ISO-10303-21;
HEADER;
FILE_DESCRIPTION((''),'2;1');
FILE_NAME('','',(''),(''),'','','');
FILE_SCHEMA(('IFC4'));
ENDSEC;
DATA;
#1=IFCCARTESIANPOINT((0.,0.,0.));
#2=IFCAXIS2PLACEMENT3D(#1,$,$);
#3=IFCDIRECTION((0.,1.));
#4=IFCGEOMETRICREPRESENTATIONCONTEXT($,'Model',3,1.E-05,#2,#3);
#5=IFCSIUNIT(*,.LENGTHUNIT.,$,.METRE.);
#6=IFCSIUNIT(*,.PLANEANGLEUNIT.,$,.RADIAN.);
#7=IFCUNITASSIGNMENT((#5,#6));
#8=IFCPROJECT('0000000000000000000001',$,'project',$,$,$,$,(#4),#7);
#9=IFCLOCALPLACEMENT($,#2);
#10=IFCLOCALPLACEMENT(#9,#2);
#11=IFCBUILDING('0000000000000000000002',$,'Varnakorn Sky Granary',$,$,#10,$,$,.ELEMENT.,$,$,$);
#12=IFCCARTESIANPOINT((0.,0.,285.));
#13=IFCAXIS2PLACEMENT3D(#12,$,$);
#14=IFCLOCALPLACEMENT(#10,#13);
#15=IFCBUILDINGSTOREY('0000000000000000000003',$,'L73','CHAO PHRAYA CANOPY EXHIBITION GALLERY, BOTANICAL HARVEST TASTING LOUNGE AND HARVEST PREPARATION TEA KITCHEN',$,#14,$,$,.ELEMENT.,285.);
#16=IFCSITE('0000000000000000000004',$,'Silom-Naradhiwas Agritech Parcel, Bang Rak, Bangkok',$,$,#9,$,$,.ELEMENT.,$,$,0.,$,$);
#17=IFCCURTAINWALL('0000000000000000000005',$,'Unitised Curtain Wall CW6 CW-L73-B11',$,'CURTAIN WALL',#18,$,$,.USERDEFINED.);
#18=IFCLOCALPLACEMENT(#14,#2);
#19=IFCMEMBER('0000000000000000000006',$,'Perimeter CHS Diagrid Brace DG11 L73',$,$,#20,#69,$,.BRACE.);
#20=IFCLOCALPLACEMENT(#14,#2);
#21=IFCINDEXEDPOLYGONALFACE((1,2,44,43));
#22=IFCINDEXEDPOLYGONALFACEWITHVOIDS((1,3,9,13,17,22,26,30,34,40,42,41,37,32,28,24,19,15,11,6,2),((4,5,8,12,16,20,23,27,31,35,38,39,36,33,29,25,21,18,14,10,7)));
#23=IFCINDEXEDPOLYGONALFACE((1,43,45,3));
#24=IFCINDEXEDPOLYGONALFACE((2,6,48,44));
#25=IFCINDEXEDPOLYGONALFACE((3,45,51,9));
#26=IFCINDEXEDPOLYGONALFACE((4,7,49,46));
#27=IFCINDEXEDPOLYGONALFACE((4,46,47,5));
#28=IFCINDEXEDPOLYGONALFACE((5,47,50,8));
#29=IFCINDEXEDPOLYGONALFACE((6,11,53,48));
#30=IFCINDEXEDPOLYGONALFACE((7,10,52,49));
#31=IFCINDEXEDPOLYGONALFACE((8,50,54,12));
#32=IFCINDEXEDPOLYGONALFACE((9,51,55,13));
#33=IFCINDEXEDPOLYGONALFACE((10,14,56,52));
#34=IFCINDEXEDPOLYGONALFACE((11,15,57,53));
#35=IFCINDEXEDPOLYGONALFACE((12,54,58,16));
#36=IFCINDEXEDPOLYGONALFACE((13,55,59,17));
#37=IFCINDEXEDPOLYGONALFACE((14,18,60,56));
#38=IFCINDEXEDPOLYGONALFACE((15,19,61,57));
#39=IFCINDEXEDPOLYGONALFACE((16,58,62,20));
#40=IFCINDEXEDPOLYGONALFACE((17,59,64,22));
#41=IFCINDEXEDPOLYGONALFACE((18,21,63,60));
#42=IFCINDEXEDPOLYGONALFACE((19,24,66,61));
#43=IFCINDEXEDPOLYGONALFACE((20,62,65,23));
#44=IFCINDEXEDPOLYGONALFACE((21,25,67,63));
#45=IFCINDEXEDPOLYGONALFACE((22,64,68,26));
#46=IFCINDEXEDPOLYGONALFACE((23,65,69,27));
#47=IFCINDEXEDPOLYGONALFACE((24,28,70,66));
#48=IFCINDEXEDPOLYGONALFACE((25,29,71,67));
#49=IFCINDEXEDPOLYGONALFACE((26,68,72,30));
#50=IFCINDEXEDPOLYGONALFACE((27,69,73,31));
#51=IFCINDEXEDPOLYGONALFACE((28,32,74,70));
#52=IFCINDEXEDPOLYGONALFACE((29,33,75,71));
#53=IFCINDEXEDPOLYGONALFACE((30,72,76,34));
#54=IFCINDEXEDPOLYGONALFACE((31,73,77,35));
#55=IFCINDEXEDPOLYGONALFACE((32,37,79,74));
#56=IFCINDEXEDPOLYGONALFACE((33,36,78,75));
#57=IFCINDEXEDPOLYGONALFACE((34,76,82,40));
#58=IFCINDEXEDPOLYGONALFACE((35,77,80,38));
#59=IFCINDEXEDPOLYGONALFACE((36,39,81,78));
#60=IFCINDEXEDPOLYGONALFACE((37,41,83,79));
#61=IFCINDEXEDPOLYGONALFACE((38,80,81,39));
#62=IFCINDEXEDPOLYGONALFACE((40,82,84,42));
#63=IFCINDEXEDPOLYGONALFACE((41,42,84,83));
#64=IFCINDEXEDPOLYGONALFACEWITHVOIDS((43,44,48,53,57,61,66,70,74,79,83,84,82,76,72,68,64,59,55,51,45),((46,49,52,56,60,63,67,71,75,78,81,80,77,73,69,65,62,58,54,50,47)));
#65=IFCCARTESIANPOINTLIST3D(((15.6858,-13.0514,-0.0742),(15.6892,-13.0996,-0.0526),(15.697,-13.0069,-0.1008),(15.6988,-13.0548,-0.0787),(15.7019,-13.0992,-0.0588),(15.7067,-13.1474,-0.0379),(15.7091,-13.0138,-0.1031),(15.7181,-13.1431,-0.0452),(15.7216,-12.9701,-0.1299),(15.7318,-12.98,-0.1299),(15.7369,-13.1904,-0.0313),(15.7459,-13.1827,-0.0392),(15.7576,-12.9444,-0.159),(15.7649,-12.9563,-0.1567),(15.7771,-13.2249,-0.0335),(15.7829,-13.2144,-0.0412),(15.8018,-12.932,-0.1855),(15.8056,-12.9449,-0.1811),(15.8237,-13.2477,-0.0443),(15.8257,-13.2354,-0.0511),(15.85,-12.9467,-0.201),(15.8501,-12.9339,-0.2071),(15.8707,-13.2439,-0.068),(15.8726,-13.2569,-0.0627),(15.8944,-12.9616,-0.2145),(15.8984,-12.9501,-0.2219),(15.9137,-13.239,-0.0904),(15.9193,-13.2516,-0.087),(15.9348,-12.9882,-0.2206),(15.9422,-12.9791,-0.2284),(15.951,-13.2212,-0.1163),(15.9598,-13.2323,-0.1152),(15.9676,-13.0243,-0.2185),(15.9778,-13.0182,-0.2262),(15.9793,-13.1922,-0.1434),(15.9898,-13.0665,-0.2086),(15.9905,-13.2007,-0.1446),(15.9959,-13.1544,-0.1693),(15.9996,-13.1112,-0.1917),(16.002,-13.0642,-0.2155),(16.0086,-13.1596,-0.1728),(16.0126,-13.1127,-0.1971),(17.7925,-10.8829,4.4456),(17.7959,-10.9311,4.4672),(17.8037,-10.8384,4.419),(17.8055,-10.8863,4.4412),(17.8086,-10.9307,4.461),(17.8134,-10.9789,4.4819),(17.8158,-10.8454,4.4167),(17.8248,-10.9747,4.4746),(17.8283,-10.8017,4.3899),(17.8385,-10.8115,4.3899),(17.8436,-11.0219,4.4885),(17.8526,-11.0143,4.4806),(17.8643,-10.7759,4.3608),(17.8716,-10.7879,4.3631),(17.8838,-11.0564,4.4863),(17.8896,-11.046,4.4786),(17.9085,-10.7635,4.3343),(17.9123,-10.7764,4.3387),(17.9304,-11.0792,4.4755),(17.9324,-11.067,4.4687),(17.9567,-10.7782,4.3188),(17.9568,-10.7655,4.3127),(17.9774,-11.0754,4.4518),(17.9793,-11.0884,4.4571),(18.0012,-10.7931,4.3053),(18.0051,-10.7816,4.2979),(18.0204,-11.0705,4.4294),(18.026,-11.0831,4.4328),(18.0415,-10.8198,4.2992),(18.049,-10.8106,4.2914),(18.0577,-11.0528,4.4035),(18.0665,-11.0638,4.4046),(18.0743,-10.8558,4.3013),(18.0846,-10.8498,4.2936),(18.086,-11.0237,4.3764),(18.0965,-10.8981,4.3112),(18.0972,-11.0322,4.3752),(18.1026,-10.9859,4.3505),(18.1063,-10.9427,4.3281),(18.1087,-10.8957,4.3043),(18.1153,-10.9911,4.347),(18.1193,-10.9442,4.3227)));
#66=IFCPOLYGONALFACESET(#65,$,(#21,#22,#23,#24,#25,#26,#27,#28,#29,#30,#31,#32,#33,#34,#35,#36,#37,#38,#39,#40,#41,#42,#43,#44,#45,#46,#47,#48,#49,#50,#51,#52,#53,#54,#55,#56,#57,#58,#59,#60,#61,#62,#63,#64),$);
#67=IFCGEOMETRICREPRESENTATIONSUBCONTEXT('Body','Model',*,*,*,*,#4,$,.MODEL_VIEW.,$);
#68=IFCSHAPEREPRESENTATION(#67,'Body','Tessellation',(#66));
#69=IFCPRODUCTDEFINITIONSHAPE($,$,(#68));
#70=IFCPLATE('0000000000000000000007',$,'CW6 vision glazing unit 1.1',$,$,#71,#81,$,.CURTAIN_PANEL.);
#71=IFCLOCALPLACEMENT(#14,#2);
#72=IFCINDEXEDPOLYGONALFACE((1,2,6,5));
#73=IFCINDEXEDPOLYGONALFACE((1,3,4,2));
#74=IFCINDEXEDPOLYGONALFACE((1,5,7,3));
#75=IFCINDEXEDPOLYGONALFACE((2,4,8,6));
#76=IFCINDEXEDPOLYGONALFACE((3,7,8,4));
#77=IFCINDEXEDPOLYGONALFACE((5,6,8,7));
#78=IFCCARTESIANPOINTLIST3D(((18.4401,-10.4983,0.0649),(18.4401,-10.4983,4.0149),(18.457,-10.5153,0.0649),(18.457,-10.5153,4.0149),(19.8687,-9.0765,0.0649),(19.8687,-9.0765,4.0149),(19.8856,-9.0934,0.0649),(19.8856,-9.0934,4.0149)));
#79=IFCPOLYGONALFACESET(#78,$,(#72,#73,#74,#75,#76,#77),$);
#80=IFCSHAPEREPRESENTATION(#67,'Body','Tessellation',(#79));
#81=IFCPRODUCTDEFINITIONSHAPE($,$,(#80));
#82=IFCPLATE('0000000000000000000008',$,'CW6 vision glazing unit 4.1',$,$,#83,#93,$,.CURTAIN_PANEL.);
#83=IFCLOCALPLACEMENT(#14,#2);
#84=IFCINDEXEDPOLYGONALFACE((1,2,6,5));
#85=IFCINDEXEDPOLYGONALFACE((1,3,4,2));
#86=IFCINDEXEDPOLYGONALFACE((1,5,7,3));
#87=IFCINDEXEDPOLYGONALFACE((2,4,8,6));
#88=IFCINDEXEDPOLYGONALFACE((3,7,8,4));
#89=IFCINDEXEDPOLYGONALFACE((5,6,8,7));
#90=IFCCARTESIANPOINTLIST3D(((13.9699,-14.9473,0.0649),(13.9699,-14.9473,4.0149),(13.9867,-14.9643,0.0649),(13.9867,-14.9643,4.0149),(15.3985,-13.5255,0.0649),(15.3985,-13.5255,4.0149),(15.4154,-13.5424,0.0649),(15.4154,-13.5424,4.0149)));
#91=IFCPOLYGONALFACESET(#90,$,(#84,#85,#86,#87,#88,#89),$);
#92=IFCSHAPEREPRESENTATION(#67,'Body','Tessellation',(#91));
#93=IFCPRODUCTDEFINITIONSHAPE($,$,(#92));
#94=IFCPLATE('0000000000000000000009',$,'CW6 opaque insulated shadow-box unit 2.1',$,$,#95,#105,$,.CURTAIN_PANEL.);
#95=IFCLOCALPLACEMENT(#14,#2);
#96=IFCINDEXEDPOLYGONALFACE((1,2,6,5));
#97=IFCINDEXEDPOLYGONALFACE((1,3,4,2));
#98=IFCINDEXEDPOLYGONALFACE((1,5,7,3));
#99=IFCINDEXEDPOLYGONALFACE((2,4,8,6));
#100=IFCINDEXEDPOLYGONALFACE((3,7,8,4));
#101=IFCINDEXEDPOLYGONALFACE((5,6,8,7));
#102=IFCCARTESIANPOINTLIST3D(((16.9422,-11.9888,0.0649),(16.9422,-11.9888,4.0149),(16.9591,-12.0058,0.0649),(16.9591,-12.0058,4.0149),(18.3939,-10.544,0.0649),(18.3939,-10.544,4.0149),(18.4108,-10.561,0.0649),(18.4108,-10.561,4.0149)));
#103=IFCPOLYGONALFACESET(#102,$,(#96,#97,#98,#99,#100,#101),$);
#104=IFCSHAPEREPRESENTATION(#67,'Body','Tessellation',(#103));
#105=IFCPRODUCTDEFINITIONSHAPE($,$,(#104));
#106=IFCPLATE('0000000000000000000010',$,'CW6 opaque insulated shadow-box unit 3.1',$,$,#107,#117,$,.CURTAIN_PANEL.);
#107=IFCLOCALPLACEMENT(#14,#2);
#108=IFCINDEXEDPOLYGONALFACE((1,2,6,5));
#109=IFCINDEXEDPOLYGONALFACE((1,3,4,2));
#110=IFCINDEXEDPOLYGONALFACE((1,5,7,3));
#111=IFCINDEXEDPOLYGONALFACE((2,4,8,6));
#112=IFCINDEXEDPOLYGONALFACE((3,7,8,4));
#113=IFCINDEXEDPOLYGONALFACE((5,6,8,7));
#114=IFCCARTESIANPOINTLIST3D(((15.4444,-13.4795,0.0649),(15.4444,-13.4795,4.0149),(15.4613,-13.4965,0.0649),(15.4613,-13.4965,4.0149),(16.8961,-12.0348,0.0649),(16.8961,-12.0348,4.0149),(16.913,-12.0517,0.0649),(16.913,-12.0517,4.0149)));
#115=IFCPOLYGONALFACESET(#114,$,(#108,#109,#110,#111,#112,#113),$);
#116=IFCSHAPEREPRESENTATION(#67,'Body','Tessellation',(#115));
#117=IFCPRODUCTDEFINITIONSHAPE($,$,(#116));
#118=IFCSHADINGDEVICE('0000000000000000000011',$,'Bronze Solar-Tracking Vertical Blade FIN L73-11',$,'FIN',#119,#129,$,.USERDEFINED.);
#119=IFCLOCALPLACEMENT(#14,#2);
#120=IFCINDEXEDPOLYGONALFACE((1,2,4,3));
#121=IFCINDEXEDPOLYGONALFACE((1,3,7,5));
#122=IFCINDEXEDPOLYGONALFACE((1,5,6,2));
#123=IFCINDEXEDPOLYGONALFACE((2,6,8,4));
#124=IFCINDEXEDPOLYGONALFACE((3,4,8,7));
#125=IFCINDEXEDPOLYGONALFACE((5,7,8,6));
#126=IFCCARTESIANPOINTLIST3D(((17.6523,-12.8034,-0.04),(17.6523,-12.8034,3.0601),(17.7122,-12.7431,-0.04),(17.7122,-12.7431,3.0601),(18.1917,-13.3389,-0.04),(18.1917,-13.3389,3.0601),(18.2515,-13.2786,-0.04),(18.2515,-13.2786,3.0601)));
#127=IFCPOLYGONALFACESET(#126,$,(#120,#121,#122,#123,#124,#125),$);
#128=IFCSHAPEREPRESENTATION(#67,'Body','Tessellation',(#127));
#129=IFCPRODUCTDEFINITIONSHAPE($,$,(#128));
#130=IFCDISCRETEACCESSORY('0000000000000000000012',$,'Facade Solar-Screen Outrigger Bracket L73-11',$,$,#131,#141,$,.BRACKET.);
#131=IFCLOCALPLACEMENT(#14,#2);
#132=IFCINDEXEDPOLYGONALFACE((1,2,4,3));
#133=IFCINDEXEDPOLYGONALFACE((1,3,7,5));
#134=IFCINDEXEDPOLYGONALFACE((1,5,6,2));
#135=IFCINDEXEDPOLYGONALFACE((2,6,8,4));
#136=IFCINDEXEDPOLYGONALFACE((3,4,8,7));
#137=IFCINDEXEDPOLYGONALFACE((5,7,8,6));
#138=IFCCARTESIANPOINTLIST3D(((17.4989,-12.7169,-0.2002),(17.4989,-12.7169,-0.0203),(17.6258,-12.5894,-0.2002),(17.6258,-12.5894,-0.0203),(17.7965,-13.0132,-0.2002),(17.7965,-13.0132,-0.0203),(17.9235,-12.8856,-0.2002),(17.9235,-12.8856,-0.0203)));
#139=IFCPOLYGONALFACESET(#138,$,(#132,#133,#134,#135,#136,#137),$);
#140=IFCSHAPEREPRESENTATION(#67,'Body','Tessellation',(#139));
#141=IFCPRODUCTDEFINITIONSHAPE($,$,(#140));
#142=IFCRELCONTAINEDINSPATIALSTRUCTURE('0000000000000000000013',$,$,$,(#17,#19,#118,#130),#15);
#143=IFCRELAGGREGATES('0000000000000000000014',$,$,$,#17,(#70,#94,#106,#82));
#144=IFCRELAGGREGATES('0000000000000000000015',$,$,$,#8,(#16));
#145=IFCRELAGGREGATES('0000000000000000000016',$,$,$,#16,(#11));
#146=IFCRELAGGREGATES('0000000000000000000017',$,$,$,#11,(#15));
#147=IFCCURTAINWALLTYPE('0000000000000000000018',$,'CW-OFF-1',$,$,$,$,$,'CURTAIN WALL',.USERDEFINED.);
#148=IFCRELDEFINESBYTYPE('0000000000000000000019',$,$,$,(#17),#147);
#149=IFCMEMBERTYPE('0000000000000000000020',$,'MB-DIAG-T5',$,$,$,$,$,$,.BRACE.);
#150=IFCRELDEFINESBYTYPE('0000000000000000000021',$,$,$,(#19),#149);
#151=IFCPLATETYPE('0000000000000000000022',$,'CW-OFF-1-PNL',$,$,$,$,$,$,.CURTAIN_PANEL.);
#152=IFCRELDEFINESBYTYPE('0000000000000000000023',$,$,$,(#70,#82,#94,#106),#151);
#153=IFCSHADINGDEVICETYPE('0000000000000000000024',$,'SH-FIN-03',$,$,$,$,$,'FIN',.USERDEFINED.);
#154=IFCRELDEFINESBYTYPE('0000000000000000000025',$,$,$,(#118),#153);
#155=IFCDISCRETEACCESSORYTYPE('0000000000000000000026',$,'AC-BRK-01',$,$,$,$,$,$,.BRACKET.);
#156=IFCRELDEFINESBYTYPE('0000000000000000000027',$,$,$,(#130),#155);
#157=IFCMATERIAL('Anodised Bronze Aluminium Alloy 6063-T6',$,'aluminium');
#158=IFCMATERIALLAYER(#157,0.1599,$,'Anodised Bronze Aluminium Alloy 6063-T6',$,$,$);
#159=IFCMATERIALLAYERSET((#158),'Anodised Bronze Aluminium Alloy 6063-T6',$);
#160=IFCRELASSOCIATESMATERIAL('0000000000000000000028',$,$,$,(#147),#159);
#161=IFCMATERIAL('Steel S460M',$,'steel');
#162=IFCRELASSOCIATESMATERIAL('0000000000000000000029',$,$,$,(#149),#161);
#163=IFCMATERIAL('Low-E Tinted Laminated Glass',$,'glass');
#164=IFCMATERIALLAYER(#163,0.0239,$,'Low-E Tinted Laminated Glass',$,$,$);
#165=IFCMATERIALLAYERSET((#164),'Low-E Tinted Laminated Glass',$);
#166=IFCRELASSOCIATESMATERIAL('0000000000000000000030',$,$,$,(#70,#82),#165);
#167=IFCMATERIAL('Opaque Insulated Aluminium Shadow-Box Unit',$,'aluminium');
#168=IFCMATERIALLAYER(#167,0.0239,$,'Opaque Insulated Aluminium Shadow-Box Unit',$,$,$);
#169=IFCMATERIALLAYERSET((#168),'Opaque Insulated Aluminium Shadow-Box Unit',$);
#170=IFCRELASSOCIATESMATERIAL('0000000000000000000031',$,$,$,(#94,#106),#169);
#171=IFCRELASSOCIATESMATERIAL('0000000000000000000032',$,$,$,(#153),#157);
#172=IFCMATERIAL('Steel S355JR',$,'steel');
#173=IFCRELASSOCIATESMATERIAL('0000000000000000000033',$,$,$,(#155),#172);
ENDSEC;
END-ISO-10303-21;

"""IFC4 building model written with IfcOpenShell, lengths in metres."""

from ifc_helpers import new_model, si_unit, direction, frame, origin, origin_2d, place, context, subcontext, project, spatial, rectangle, hollow_circle, extrude, source, transform, mapped, material, layer, layer_set, material_profile, profile_set, type_object, type_shapes, element, aggregate, save


model = new_model("IFC4")

# Units and contexts
model_context = context("Model", 3, precision=1e-05, world=origin(), true_north=direction((0.0, 1.0)))
body_context = subcontext(model_context, "Body", "Model", "MODEL_VIEW")
ifc_project = project(units=[si_unit("LENGTHUNIT", "METRE"), si_unit("PLANEANGLEUNIT", "RADIAN")], contexts=[model_context])

# Site, building, storey
site_placement = place(None, origin())
site = spatial("IfcSite", under=ifc_project, at=site_placement, Name="Silom-Naradhiwas Agritech Parcel, Bang Rak, Bangkok", CompositionType="ELEMENT", RefElevation=0.0)
building_placement = place(site_placement, origin())
building = spatial("IfcBuilding", under=site, at=building_placement, Name="Varnakorn Sky Granary", CompositionType="ELEMENT")
storey_placement = place(building_placement, frame((0.0, 0.0, 285.0)))
storey = spatial("IfcBuildingStorey", under=building, at=storey_placement, Name="L73", Description="CHAO PHRAYA CANOPY EXHIBITION GALLERY, BOTANICAL HARVEST TASTING LOUNGE AND HARVEST PREPARATION TEA KITCHEN", CompositionType="ELEMENT", Elevation=285.0)

# Shared definitions
ifc_material_1 = material(Name="Steel S460M", Category="steel")

# Shared definitions
ifc_material_2 = material(Name="Steel S355JR", Category="steel")

# Curtain wall
ifc_material_3 = material(Name="Anodised Bronze Aluminium Alloy 6063-T6", Category="aluminium")
ifc_layer_1 = layer(ifc_material_3, 0.1599, Name="Anodised Bronze Aluminium Alloy 6063-T6")
ifc_layer_set_1 = layer_set([ifc_layer_1], Name="Anodised Bronze Aluminium Alloy 6063-T6")
curtain_wall_type = type_object("IfcCurtainWallType", Name="CW-OFF-1", ElementType="CURTAIN WALL", PredefinedType="USERDEFINED", material=ifc_layer_set_1)
curtain_wall_placement = place(storey_placement, origin())
curtain_wall = element("IfcCurtainWall", 1, at=curtain_wall_placement, inside=storey, type_object=curtain_wall_type, Name="Unitised Curtain Wall CW6 CW-L73-B11", ObjectType="CURTAIN WALL", PredefinedType="USERDEFINED")

# Member
ifc_material_profile_1 = material_profile(ifc_material_1, hollow_circle(Radius=0.1777, WallThickness=0.0142, at=origin_2d()), Name="CHS 355.6x14")
ifc_profile_set_1 = profile_set([ifc_material_profile_1], Name="Steel S460M")
member_type_1 = type_object("IfcMemberType", Name="MB-DIAG-T5", PredefinedType="BRACE", material=ifc_profile_set_1)
member_1_placement = place(storey_placement, frame((15.8491, -13.094, -0.1299), z_axis=(0.387422, 0.398781, 0.831191), x_axis=(-0.717248, 0.696818, 0.0)))
element("IfcMember", 2, at=member_1_placement, inside=storey, type_object=member_type_1, Name="Perimeter CHS Diagrid Brace DG11 L73", PredefinedType="BRACE", context=body_context, shape_type="SweptSolid", body=[
    extrude(hollow_circle(Radius=0.1777, WallThickness=0.0142, at=origin_2d()), origin(), (0.0, 0.0, 1.0), 5.4377),
])

# Plates
ifc_material_4 = material(Name="Low-E Tinted Laminated Glass", Category="glass")
ifc_layer_2 = layer(ifc_material_4, 0.0239, Name="Low-E Tinted Laminated Glass")
ifc_layer_set_2 = layer_set([ifc_layer_2], Name="Low-E Tinted Laminated Glass")
plate_type = type_object("IfcPlateType", Name="CW-OFF-1-PNL", PredefinedType="CURTAIN_PANEL")
shared_shape_1 = source(origin(), body_context, "Body", "SweptSolid", [
    extrude(rectangle(XDim=2.0156, YDim=0.0239, at=origin_2d()), origin(), (0.0, 0.0, 1.0), 3.95),
])
plate_1_placement = place(storey_placement, frame((19.1628, -9.7959, 0.0649), z_axis=(0.0, 0.0, 1.0), x_axis=(-0.708791, -0.705419, 0.0)))
plate_1 = element("IfcPlate", 3, at=plate_1_placement, type_object=plate_type, material=ifc_layer_set_2, Name="CW6 vision glazing unit 1.1", PredefinedType="CURTAIN_PANEL", context=body_context, shape_type="MappedRepresentation", body=[
    mapped(shared_shape_1, transform((0.0, 0.0, 0.0), x_axis=(1.0, 0.0, 0.0), y_axis=(0.0, 1.0, 0.0), z_axis=(0.0, 0.0, 1.0), scale=1.0)),
])
plate_2_placement = place(storey_placement, frame((14.6926, -14.2449, 0.0649), z_axis=(0.0, 0.0, 1.0), x_axis=(-0.708791, -0.705419, 0.0)))
plate_2 = element("IfcPlate", 4, at=plate_2_placement, type_object=plate_type, material=ifc_layer_set_2, Name="CW6 vision glazing unit 4.1", PredefinedType="CURTAIN_PANEL", context=body_context, shape_type="MappedRepresentation", body=[
    mapped(shared_shape_1, transform((0.0, 0.0, 0.0), x_axis=(1.0, 0.0, 0.0), y_axis=(0.0, 1.0, 0.0), z_axis=(0.0, 0.0, 1.0), scale=1.0)),
])
ifc_material_5 = material(Name="Opaque Insulated Aluminium Shadow-Box Unit", Category="aluminium")
ifc_layer_3 = layer(ifc_material_5, 0.0239, Name="Opaque Insulated Aluminium Shadow-Box Unit")
ifc_layer_set_3 = layer_set([ifc_layer_3], Name="Opaque Insulated Aluminium Shadow-Box Unit")
shared_shape_2 = source(origin(), body_context, "Body", "SweptSolid", [
    extrude(rectangle(XDim=2.0481, YDim=0.0239, at=origin_2d()), origin(), (0.0, 0.0, 1.0), 3.95),
])
type_shapes(plate_type, [shared_shape_1, shared_shape_2])
plate_3_placement = place(storey_placement, frame((17.6765, -11.2749, 0.0649), z_axis=(0.0, 0.0, 1.0), x_axis=(-0.708791, -0.705419, 0.0)))
plate_3 = element("IfcPlate", 5, at=plate_3_placement, type_object=plate_type, material=ifc_layer_set_3, Name="CW6 opaque insulated shadow-box unit 2.1", PredefinedType="CURTAIN_PANEL", context=body_context, shape_type="MappedRepresentation", body=[
    mapped(shared_shape_2, transform((0.0, 0.0, 0.0), x_axis=(1.0, 0.0, 0.0), y_axis=(0.0, 1.0, 0.0), z_axis=(0.0, 0.0, 1.0), scale=1.0)),
])
plate_4_placement = place(storey_placement, frame((16.1787, -12.7656, 0.0649), z_axis=(0.0, 0.0, 1.0), x_axis=(-0.708791, -0.705419, 0.0)))
plate_4 = element("IfcPlate", 6, at=plate_4_placement, type_object=plate_type, material=ifc_layer_set_3, Name="CW6 opaque insulated shadow-box unit 3.1", PredefinedType="CURTAIN_PANEL", context=body_context, shape_type="MappedRepresentation", body=[
    mapped(shared_shape_2, transform((0.0, 0.0, 0.0), x_axis=(1.0, 0.0, 0.0), y_axis=(0.0, 1.0, 0.0), z_axis=(0.0, 0.0, 1.0), scale=1.0)),
])
aggregate(curtain_wall, [plate_1, plate_3, plate_4, plate_2])

# Shading device
shading_device_type = type_object("IfcShadingDeviceType", Name="SH-FIN-03", ElementType="FIN", PredefinedType="USERDEFINED", material=ifc_material_3)
shared_shape_3 = source(origin(), body_context, "Body", "SweptSolid", [
    extrude(rectangle(XDim=0.085, YDim=0.76, at=origin_2d()), origin(), (0.0, 0.0, 1.0), 3.1001),
])
type_shapes(shading_device_type, [shared_shape_3])
shading_device_placement = place(storey_placement, frame((17.9519, -13.041, -0.04), z_axis=(0.0, 0.0, 1.0), x_axis=(0.704534, 0.70967, 0.0)))
element("IfcShadingDevice", 7, at=shading_device_placement, inside=storey, type_object=shading_device_type, Name="Bronze Solar-Tracking Vertical Blade FIN L73-11", ObjectType="FIN", PredefinedType="USERDEFINED", context=body_context, shape_type="MappedRepresentation", body=[
    mapped(shared_shape_3, transform((0.0, 0.0, 0.0), x_axis=(1.0, 0.0, 0.0), y_axis=(0.0, 1.0, 0.0), z_axis=(0.0, 0.0, 1.0), scale=1.0)),
])

# Discrete accessory
discrete_accessory_type = type_object("IfcDiscreteAccessoryType", Name="AC-BRK-01", PredefinedType="BRACKET", material=ifc_material_2)
shared_shape_4 = source(origin(), body_context, "Body", "SweptSolid", [
    extrude(rectangle(XDim=0.1799, YDim=0.4199, at=origin_2d()), origin(), (0.0, 0.0, 1.0), 0.1799),
])
type_shapes(discrete_accessory_type, [shared_shape_4])
discrete_accessory_placement = place(storey_placement, frame((17.7112, -12.8013, -0.2002), z_axis=(0.0, 0.0, 1.0), x_axis=(0.705457, 0.708752, 0.0)))
element("IfcDiscreteAccessory", 8, at=discrete_accessory_placement, inside=storey, type_object=discrete_accessory_type, Name="Facade Solar-Screen Outrigger Bracket L73-11", PredefinedType="BRACKET", context=body_context, shape_type="MappedRepresentation", body=[
    mapped(shared_shape_4, transform((0.0, 0.0, 0.0), x_axis=(1.0, 0.0, 0.0), y_axis=(0.0, 1.0, 0.0), z_axis=(0.0, 0.0, 1.0), scale=1.0)),
])

save(model, "model.ifc")
